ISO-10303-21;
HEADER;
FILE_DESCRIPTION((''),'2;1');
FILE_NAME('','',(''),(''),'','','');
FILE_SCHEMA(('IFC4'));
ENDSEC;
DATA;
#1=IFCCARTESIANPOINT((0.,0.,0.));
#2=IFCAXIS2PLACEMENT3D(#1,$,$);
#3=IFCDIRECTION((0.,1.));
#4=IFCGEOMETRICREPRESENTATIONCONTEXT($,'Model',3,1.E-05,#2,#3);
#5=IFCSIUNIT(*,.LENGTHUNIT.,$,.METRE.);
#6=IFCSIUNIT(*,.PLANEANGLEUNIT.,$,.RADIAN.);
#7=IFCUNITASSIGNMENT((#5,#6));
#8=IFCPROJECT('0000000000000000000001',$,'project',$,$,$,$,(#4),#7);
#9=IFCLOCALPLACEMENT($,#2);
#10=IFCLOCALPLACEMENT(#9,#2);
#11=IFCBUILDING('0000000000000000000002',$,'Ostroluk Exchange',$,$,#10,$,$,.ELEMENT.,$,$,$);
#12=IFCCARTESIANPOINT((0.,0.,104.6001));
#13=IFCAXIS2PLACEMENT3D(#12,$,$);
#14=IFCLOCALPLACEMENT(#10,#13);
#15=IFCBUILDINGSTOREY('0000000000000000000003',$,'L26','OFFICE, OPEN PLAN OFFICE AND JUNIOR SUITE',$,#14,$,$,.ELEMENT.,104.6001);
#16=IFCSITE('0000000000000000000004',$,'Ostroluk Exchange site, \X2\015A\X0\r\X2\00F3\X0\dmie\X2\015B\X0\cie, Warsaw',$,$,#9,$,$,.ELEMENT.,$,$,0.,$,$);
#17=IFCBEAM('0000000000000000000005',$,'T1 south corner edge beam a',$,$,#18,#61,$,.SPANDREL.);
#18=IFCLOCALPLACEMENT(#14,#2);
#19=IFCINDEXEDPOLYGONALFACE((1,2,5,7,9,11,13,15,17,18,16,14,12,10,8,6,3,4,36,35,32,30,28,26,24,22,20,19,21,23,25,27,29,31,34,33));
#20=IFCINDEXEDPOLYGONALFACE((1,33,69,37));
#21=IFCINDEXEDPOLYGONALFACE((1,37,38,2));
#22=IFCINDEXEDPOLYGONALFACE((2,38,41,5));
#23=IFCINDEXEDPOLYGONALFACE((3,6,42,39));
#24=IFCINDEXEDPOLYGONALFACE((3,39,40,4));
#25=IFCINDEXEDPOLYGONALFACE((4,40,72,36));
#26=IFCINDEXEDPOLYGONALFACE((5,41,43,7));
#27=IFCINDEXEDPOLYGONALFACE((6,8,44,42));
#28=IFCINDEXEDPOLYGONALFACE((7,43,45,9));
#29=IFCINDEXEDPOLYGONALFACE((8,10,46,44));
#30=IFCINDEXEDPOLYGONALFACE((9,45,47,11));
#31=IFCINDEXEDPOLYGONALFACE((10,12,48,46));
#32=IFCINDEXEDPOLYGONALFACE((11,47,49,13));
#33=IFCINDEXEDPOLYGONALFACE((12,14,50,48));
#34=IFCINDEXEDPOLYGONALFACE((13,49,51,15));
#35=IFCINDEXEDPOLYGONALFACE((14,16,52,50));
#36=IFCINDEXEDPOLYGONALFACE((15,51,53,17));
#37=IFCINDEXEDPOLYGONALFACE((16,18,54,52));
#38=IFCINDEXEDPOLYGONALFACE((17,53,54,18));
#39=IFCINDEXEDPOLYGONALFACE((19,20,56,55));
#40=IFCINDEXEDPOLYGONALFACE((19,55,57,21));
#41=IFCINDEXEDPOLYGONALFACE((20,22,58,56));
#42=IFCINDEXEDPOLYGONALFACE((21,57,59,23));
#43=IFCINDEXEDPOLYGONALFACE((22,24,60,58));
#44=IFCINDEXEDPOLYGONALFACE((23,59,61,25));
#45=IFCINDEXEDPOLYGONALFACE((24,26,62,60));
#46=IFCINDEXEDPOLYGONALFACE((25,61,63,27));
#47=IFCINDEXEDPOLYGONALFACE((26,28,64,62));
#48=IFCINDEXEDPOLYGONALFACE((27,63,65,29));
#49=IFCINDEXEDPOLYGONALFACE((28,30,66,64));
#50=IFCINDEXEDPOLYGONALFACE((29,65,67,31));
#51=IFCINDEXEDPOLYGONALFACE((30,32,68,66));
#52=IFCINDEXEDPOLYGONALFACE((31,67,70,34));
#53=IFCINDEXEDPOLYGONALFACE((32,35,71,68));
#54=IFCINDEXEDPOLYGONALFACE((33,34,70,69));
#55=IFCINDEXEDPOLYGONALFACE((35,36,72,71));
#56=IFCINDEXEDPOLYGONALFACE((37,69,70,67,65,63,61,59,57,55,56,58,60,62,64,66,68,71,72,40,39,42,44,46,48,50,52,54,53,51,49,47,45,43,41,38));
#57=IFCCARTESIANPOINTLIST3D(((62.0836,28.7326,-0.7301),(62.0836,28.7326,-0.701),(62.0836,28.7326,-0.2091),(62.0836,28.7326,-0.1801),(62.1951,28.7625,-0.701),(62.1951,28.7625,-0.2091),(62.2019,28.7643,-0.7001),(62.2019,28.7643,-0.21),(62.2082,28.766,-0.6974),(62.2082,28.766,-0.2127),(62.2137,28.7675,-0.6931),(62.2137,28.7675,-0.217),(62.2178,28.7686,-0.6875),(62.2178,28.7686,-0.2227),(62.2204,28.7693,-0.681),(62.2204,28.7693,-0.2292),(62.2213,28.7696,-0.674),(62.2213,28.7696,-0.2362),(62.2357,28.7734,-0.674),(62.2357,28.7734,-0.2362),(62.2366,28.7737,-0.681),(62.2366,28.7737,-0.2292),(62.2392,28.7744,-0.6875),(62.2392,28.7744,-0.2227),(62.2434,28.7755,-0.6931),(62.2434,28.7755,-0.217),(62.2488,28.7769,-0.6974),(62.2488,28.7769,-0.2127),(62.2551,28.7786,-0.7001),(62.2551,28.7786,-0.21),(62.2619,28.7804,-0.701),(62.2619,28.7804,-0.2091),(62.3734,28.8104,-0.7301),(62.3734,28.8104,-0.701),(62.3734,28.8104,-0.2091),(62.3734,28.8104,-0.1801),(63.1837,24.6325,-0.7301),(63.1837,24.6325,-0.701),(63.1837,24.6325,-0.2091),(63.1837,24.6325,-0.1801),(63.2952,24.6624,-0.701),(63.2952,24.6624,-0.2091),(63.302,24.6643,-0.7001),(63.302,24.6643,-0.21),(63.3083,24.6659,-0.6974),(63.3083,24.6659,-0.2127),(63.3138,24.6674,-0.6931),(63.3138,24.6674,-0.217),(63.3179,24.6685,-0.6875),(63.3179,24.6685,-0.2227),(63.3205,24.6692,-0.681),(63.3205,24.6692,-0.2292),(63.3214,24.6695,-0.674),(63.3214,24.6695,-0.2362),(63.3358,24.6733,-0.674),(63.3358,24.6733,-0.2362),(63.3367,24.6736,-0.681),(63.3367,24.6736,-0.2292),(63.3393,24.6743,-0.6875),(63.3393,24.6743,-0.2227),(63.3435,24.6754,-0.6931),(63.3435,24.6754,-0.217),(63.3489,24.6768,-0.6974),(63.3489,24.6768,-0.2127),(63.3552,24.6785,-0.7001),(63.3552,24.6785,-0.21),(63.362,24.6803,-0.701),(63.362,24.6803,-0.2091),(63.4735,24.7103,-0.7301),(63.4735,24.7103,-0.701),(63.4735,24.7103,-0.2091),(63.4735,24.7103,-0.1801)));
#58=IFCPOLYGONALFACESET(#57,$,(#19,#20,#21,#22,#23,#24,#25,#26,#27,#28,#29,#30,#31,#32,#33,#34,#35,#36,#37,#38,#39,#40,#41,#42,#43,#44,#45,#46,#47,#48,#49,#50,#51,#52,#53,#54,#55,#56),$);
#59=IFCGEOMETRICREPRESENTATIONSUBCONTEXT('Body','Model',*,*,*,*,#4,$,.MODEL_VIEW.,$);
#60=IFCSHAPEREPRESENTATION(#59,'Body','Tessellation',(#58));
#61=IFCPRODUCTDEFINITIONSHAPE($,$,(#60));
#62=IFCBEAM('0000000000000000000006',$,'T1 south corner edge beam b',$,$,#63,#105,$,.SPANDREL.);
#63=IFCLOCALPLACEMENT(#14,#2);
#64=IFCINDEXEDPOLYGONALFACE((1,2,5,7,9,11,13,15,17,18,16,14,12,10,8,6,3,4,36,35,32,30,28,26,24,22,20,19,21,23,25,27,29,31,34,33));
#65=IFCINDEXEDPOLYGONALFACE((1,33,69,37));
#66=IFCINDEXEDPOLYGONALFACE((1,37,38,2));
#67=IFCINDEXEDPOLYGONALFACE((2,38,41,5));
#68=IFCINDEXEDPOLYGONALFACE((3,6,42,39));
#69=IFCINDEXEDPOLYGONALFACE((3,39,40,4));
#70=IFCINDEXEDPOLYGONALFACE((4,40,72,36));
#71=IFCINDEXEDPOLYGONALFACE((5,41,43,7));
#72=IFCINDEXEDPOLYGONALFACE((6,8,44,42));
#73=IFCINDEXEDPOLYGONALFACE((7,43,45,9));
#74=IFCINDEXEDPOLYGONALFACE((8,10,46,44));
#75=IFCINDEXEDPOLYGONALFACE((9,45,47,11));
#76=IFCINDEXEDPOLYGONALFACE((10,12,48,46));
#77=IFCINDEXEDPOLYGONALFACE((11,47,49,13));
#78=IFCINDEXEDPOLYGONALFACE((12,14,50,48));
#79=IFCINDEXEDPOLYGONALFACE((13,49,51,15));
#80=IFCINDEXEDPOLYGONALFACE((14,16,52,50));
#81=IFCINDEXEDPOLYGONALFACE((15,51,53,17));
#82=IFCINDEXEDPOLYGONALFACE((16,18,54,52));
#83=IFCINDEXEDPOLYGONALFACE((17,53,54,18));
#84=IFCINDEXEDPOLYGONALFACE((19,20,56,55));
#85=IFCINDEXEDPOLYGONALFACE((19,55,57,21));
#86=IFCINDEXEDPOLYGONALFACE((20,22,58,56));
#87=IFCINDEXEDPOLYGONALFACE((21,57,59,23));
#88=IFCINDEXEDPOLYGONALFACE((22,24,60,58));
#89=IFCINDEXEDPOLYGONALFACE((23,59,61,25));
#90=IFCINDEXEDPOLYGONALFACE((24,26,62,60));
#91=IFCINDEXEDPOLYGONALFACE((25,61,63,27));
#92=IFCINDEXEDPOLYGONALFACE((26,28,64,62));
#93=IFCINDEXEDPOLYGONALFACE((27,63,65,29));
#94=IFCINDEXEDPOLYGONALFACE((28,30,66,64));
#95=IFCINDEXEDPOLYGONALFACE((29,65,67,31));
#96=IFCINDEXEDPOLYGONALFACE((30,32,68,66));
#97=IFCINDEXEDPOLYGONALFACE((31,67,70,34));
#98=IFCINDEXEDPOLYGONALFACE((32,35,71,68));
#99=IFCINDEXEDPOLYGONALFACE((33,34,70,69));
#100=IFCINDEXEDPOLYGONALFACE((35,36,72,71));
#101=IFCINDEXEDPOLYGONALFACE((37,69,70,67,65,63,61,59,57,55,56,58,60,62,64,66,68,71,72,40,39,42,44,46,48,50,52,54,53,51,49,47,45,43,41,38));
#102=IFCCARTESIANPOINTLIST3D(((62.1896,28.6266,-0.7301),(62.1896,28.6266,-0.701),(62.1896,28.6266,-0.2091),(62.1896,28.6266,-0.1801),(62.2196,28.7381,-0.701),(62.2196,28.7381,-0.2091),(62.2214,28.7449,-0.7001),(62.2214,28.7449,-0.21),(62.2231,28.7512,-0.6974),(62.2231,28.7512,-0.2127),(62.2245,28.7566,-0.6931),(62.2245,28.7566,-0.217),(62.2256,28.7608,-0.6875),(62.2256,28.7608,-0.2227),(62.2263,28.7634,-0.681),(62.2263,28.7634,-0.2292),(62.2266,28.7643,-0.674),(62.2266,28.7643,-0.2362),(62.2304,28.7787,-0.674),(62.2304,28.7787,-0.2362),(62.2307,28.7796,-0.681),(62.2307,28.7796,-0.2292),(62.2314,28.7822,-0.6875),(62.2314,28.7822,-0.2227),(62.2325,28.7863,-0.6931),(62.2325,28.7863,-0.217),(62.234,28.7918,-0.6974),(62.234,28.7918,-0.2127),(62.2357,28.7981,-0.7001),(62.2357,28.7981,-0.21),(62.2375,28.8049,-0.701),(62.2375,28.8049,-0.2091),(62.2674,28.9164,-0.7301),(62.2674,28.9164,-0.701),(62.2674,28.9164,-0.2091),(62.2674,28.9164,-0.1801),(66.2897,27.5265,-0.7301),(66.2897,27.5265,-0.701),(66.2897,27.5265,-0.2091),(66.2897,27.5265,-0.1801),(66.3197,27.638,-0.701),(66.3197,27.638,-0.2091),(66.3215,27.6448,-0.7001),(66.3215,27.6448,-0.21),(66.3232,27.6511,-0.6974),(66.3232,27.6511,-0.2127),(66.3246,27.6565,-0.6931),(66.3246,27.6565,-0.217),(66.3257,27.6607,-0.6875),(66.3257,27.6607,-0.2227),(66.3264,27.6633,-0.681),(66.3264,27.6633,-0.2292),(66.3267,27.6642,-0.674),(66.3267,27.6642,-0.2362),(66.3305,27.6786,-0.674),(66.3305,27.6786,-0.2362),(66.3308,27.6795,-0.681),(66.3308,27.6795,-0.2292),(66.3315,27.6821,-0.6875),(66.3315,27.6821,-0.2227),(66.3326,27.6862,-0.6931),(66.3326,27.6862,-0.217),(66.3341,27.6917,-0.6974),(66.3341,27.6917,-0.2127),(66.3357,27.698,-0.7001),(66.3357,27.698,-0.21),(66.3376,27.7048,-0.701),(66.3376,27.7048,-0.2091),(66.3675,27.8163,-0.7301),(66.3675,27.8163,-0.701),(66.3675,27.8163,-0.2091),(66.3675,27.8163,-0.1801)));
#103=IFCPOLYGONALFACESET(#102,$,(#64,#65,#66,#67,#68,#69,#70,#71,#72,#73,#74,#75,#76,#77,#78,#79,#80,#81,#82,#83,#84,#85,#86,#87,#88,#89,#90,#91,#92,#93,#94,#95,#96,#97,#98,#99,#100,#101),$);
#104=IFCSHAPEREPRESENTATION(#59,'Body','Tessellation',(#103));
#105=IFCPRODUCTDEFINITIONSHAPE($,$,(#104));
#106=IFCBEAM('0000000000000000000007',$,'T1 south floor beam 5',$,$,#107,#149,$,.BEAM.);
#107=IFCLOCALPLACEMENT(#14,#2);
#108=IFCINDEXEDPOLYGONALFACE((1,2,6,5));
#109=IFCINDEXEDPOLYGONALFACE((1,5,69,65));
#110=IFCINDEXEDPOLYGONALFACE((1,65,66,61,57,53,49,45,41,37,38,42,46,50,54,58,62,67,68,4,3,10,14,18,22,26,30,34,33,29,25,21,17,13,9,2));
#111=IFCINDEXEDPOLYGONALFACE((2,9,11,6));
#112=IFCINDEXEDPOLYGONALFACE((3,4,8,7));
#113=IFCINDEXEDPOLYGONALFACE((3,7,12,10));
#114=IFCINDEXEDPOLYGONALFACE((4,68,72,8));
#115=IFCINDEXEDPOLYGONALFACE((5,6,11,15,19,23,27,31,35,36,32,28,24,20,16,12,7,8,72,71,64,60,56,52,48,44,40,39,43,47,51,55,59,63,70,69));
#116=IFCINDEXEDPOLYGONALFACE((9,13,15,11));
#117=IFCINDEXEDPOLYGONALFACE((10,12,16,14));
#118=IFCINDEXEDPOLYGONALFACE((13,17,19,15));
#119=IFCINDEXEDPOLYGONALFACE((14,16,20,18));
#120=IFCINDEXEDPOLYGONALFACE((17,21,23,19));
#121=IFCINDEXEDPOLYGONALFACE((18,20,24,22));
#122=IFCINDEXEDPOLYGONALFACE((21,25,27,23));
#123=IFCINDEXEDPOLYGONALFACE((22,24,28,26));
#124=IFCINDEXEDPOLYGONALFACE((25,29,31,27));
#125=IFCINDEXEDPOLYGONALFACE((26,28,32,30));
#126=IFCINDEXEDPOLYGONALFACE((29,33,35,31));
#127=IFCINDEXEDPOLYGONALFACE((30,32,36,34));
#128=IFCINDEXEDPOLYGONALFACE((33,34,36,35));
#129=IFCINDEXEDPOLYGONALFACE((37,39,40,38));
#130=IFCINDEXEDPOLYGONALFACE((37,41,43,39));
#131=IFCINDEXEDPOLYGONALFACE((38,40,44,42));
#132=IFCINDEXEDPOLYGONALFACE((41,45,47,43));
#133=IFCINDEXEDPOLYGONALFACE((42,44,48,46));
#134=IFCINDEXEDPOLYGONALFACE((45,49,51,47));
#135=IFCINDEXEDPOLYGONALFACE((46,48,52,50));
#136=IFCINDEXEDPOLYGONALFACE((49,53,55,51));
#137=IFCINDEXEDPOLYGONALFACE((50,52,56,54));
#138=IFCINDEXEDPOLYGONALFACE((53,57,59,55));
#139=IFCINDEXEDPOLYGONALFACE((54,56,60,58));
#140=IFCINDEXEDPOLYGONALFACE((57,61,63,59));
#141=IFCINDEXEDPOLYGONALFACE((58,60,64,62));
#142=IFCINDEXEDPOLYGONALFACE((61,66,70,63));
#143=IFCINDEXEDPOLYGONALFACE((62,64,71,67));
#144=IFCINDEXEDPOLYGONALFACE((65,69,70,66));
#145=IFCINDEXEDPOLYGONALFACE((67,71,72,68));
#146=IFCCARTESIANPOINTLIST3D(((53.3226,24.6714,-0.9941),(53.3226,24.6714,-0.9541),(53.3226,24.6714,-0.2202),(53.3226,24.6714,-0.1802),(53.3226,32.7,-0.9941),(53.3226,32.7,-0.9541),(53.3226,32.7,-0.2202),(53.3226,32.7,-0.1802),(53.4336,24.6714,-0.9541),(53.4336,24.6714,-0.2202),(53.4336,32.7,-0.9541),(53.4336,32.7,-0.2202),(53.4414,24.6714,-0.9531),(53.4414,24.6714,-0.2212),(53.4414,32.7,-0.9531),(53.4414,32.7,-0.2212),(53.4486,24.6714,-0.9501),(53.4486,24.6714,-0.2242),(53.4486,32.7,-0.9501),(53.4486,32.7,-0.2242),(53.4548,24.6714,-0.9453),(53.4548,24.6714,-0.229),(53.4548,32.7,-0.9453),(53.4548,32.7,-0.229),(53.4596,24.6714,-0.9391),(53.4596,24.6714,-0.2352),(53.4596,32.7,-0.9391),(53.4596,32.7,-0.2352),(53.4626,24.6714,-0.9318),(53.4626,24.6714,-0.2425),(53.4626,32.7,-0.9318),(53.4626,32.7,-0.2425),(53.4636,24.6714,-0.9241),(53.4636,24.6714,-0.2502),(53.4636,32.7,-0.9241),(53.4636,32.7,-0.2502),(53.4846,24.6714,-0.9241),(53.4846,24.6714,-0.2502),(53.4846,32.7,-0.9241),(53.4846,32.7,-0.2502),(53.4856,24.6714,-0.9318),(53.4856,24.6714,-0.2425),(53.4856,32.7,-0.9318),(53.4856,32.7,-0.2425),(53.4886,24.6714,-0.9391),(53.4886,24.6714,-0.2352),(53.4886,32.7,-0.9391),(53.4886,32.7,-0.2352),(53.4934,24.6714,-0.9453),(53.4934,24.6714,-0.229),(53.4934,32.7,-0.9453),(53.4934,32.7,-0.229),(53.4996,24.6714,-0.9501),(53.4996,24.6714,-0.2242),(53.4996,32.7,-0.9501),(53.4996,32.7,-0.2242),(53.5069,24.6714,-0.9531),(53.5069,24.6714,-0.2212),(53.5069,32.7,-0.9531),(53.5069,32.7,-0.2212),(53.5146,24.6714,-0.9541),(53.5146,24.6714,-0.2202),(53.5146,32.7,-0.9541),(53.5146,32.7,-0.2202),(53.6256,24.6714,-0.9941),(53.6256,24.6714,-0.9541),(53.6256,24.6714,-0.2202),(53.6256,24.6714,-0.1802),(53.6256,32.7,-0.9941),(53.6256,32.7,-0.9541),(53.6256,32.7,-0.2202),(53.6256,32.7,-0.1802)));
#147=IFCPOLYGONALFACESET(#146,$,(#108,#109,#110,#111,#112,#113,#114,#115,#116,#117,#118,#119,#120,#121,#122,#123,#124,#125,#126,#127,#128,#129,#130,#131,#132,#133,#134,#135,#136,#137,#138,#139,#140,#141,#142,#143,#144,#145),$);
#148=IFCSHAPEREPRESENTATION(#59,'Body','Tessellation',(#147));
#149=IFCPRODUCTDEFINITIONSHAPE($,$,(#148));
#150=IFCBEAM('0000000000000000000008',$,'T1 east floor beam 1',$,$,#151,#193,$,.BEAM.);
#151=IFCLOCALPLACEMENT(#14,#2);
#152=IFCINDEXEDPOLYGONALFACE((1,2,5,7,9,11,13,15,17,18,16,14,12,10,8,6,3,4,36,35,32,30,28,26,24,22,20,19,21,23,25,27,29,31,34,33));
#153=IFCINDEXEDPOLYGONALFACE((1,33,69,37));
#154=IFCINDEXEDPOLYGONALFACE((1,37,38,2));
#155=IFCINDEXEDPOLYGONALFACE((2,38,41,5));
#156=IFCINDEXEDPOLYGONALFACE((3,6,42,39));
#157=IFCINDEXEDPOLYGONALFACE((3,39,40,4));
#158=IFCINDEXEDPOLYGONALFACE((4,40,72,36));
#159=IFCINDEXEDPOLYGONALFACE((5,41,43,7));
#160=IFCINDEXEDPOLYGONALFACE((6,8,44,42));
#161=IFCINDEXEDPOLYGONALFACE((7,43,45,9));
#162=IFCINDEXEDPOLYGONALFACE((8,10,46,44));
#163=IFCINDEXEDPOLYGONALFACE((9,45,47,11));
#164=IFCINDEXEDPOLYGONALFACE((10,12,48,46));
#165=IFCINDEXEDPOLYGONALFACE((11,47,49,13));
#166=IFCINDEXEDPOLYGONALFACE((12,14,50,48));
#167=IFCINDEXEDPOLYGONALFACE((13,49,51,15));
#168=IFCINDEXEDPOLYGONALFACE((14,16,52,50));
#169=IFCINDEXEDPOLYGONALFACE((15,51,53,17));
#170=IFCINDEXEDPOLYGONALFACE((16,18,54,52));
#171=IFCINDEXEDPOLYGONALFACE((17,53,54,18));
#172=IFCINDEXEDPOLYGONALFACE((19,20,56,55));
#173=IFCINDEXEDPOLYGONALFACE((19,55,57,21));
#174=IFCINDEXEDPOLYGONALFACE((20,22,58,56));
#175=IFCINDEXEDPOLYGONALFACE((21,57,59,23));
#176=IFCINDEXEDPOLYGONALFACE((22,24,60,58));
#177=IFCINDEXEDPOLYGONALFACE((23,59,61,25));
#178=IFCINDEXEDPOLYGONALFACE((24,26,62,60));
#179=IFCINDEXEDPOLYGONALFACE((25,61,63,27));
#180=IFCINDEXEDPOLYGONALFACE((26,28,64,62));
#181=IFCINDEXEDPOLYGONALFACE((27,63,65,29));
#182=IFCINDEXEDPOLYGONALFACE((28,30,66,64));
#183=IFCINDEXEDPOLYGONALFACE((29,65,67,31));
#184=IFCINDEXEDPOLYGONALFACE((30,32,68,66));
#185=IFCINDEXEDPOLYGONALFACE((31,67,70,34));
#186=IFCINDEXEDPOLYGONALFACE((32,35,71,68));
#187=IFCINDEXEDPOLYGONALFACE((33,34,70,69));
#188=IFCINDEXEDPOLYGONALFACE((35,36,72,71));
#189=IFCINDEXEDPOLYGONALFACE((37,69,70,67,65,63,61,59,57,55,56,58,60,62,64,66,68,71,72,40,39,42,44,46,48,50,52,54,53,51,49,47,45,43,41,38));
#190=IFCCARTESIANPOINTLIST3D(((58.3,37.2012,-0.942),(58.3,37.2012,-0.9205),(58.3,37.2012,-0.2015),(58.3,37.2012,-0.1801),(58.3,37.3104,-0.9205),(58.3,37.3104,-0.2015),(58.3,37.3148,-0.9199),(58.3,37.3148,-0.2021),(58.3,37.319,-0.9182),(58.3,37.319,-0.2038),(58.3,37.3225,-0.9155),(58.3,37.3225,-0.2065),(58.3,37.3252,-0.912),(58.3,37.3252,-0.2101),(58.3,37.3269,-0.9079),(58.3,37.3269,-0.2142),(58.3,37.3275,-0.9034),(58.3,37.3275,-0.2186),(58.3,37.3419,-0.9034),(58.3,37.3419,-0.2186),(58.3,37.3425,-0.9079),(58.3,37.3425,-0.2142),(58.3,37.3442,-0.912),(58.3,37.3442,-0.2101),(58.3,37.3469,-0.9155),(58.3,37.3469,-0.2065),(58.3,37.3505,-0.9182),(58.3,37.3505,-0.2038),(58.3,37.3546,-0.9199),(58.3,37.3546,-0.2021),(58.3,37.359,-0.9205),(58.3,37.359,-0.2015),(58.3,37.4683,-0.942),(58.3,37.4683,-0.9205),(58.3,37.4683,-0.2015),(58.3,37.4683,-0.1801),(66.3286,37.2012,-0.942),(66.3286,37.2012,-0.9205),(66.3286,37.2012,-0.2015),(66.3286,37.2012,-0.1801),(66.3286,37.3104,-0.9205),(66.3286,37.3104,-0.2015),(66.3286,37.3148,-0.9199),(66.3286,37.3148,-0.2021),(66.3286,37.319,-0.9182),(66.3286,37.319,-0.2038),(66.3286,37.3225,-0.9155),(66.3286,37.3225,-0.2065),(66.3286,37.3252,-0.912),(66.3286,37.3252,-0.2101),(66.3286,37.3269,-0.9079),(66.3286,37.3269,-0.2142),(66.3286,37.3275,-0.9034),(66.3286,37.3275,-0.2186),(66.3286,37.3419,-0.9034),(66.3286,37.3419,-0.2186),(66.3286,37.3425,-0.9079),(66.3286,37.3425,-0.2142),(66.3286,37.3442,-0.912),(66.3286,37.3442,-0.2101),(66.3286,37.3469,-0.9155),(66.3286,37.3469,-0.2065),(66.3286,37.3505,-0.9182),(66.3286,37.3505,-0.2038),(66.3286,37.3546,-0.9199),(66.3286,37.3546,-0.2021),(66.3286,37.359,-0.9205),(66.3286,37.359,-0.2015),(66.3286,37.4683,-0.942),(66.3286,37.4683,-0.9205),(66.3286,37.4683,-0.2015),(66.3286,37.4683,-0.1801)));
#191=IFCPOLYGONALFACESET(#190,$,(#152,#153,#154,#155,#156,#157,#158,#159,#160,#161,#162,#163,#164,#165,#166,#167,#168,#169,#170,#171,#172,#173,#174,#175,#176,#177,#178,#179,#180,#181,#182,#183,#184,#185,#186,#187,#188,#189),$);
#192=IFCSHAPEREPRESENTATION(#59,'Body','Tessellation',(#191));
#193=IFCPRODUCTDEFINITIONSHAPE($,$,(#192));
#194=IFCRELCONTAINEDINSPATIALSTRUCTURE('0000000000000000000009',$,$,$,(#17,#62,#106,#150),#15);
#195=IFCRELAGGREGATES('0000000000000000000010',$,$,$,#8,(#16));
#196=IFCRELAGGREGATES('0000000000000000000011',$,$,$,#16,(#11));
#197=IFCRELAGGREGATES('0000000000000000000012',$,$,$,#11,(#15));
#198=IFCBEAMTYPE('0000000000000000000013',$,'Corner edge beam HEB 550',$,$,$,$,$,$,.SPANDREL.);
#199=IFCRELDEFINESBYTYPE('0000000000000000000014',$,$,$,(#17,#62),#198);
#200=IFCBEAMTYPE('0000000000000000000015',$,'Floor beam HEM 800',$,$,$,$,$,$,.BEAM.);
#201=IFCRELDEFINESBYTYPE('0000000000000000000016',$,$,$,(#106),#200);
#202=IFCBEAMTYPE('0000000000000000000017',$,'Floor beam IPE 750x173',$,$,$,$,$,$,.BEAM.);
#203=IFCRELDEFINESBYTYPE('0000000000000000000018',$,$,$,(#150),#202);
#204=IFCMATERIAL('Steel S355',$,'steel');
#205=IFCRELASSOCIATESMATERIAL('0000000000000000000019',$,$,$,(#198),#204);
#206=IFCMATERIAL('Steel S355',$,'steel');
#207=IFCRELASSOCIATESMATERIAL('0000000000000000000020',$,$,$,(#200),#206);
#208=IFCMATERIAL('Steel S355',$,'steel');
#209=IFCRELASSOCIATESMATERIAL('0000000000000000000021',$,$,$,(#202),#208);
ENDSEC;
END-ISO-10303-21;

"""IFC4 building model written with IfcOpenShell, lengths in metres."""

from ifc_helpers import new_model, si_unit, direction, frame, origin, origin_2d, place, context, subcontext, project, spatial, i_section, extrude, material, material_profile, profile_set, type_object, element, save


model = new_model("IFC4")

# Units and contexts
model_context = context("Model", 3, precision=1e-05, world=origin(), true_north=direction((0.0, 1.0)))
body_context = subcontext(model_context, "Body", "Model", "MODEL_VIEW")
ifc_project = project(units=[si_unit("LENGTHUNIT", "METRE"), si_unit("PLANEANGLEUNIT", "RADIAN")], contexts=[model_context])

# Site, building, storey
site_placement = place(None, origin())
site = spatial("IfcSite", under=ifc_project, at=site_placement, Name="Ostroluk Exchange site, Śródmieście, Warsaw", CompositionType="ELEMENT", RefElevation=0.0)
building_placement = place(site_placement, origin())
building = spatial("IfcBuilding", under=site, at=building_placement, Name="Ostroluk Exchange", CompositionType="ELEMENT")
storey_placement = place(building_placement, frame((0.0, 0.0, 104.6001)))
storey = spatial("IfcBuildingStorey", under=building, at=storey_placement, Name="L26", Description="OFFICE, OPEN PLAN OFFICE AND JUNIOR SUITE", CompositionType="ELEMENT", Elevation=104.6001)

# Beams
ifc_material_1 = material(Name="Steel S355", Category="steel")
ifc_material_profile_1 = material_profile(ifc_material_1, i_section(OverallWidth=0.3, OverallDepth=0.55, WebThickness=0.0149, FlangeThickness=0.0291, FilletRadius=0.0271, at=origin_2d()), Name="HEB 550")
ifc_profile_set_1 = profile_set([ifc_material_profile_1], Name="Steel S355")
beam_type_1 = type_object("IfcBeamType", Name="Corner edge beam HEB 550", PredefinedType="SPANDREL", material=ifc_profile_set_1)
for number, where, z_axis, x_axis, name in (
    (1, (62.2285, 28.7715, -0.4551), (0.259144, -0.965839, 0.0), (0.965839, 0.259144, 0.0), "T1 south corner edge beam a"),
    (2, (62.2285, 28.7715, -0.4551), (0.965839, -0.259144, 0.0), (0.259144, 0.965839, 0.0), "T1 south corner edge beam b"),
):
    element("IfcBeam", number, at=place(storey_placement, frame(where, z_axis=z_axis, x_axis=x_axis)), inside=storey, type_object=beam_type_1, Name=name, PredefinedType="SPANDREL", context=body_context, shape_type="SweptSolid", body=[
        extrude(i_section(OverallWidth=0.3, OverallDepth=0.55, WebThickness=0.0149, FlangeThickness=0.0291, FilletRadius=0.0271, at=origin_2d()), origin(), (0.0, 0.0, 1.0), 4.2451),
    ])
ifc_material_2 = material(Name="Steel S355", Category="steel")
ifc_material_profile_2 = material_profile(ifc_material_2, i_section(OverallWidth=0.303, OverallDepth=0.814, WebThickness=0.021, FlangeThickness=0.04, FilletRadius=0.03, at=origin_2d()), Name="HEM 800")
ifc_profile_set_2 = profile_set([ifc_material_profile_2], Name="Steel S355")
beam_type_2 = type_object("IfcBeamType", Name="Floor beam HEM 800", PredefinedType="BEAM", material=ifc_profile_set_2)
beam_1_placement = place(storey_placement, frame((53.4741, 32.7, -0.5872), z_axis=(0.0, -1.0, 0.0), x_axis=(1.0, 0.0, 0.0)))
element("IfcBeam", 3, at=beam_1_placement, inside=storey, type_object=beam_type_2, Name="T1 south floor beam 5", PredefinedType="BEAM", context=body_context, shape_type="SweptSolid", body=[
    extrude(i_section(OverallWidth=0.303, OverallDepth=0.814, WebThickness=0.021, FlangeThickness=0.04, FilletRadius=0.03, at=origin_2d()), origin(), (0.0, 0.0, 1.0), 8.0286),
])
ifc_material_3 = material(Name="Steel S355", Category="steel")
ifc_material_profile_3 = material_profile(ifc_material_3, i_section(OverallWidth=0.2671, OverallDepth=0.762, WebThickness=0.0144, FlangeThickness=0.0215, FilletRadius=0.0171, at=origin_2d()), Name="IPE 750x173")
ifc_profile_set_3 = profile_set([ifc_material_profile_3], Name="Steel S355")
beam_type_3 = type_object("IfcBeamType", Name="Floor beam IPE 750x173", PredefinedType="BEAM", material=ifc_profile_set_3)
for number, where, z_axis, x_axis, name in (
    (4, (58.3, 37.3347, -0.561), (1.0, 0.0, 0.0), (0.0, 1.0, 0.0), "T1 east floor beam 1"),
):
    element("IfcBeam", number, at=place(storey_placement, frame(where, z_axis=z_axis, x_axis=x_axis)), inside=storey, type_object=beam_type_3, Name=name, PredefinedType="BEAM", context=body_context, shape_type="SweptSolid", body=[
        extrude(i_section(OverallWidth=0.2671, OverallDepth=0.762, WebThickness=0.0144, FlangeThickness=0.0215, FilletRadius=0.0171, at=origin_2d()), origin(), (0.0, 0.0, 1.0), 8.0286),
    ])

save(model, "model.ifc")
